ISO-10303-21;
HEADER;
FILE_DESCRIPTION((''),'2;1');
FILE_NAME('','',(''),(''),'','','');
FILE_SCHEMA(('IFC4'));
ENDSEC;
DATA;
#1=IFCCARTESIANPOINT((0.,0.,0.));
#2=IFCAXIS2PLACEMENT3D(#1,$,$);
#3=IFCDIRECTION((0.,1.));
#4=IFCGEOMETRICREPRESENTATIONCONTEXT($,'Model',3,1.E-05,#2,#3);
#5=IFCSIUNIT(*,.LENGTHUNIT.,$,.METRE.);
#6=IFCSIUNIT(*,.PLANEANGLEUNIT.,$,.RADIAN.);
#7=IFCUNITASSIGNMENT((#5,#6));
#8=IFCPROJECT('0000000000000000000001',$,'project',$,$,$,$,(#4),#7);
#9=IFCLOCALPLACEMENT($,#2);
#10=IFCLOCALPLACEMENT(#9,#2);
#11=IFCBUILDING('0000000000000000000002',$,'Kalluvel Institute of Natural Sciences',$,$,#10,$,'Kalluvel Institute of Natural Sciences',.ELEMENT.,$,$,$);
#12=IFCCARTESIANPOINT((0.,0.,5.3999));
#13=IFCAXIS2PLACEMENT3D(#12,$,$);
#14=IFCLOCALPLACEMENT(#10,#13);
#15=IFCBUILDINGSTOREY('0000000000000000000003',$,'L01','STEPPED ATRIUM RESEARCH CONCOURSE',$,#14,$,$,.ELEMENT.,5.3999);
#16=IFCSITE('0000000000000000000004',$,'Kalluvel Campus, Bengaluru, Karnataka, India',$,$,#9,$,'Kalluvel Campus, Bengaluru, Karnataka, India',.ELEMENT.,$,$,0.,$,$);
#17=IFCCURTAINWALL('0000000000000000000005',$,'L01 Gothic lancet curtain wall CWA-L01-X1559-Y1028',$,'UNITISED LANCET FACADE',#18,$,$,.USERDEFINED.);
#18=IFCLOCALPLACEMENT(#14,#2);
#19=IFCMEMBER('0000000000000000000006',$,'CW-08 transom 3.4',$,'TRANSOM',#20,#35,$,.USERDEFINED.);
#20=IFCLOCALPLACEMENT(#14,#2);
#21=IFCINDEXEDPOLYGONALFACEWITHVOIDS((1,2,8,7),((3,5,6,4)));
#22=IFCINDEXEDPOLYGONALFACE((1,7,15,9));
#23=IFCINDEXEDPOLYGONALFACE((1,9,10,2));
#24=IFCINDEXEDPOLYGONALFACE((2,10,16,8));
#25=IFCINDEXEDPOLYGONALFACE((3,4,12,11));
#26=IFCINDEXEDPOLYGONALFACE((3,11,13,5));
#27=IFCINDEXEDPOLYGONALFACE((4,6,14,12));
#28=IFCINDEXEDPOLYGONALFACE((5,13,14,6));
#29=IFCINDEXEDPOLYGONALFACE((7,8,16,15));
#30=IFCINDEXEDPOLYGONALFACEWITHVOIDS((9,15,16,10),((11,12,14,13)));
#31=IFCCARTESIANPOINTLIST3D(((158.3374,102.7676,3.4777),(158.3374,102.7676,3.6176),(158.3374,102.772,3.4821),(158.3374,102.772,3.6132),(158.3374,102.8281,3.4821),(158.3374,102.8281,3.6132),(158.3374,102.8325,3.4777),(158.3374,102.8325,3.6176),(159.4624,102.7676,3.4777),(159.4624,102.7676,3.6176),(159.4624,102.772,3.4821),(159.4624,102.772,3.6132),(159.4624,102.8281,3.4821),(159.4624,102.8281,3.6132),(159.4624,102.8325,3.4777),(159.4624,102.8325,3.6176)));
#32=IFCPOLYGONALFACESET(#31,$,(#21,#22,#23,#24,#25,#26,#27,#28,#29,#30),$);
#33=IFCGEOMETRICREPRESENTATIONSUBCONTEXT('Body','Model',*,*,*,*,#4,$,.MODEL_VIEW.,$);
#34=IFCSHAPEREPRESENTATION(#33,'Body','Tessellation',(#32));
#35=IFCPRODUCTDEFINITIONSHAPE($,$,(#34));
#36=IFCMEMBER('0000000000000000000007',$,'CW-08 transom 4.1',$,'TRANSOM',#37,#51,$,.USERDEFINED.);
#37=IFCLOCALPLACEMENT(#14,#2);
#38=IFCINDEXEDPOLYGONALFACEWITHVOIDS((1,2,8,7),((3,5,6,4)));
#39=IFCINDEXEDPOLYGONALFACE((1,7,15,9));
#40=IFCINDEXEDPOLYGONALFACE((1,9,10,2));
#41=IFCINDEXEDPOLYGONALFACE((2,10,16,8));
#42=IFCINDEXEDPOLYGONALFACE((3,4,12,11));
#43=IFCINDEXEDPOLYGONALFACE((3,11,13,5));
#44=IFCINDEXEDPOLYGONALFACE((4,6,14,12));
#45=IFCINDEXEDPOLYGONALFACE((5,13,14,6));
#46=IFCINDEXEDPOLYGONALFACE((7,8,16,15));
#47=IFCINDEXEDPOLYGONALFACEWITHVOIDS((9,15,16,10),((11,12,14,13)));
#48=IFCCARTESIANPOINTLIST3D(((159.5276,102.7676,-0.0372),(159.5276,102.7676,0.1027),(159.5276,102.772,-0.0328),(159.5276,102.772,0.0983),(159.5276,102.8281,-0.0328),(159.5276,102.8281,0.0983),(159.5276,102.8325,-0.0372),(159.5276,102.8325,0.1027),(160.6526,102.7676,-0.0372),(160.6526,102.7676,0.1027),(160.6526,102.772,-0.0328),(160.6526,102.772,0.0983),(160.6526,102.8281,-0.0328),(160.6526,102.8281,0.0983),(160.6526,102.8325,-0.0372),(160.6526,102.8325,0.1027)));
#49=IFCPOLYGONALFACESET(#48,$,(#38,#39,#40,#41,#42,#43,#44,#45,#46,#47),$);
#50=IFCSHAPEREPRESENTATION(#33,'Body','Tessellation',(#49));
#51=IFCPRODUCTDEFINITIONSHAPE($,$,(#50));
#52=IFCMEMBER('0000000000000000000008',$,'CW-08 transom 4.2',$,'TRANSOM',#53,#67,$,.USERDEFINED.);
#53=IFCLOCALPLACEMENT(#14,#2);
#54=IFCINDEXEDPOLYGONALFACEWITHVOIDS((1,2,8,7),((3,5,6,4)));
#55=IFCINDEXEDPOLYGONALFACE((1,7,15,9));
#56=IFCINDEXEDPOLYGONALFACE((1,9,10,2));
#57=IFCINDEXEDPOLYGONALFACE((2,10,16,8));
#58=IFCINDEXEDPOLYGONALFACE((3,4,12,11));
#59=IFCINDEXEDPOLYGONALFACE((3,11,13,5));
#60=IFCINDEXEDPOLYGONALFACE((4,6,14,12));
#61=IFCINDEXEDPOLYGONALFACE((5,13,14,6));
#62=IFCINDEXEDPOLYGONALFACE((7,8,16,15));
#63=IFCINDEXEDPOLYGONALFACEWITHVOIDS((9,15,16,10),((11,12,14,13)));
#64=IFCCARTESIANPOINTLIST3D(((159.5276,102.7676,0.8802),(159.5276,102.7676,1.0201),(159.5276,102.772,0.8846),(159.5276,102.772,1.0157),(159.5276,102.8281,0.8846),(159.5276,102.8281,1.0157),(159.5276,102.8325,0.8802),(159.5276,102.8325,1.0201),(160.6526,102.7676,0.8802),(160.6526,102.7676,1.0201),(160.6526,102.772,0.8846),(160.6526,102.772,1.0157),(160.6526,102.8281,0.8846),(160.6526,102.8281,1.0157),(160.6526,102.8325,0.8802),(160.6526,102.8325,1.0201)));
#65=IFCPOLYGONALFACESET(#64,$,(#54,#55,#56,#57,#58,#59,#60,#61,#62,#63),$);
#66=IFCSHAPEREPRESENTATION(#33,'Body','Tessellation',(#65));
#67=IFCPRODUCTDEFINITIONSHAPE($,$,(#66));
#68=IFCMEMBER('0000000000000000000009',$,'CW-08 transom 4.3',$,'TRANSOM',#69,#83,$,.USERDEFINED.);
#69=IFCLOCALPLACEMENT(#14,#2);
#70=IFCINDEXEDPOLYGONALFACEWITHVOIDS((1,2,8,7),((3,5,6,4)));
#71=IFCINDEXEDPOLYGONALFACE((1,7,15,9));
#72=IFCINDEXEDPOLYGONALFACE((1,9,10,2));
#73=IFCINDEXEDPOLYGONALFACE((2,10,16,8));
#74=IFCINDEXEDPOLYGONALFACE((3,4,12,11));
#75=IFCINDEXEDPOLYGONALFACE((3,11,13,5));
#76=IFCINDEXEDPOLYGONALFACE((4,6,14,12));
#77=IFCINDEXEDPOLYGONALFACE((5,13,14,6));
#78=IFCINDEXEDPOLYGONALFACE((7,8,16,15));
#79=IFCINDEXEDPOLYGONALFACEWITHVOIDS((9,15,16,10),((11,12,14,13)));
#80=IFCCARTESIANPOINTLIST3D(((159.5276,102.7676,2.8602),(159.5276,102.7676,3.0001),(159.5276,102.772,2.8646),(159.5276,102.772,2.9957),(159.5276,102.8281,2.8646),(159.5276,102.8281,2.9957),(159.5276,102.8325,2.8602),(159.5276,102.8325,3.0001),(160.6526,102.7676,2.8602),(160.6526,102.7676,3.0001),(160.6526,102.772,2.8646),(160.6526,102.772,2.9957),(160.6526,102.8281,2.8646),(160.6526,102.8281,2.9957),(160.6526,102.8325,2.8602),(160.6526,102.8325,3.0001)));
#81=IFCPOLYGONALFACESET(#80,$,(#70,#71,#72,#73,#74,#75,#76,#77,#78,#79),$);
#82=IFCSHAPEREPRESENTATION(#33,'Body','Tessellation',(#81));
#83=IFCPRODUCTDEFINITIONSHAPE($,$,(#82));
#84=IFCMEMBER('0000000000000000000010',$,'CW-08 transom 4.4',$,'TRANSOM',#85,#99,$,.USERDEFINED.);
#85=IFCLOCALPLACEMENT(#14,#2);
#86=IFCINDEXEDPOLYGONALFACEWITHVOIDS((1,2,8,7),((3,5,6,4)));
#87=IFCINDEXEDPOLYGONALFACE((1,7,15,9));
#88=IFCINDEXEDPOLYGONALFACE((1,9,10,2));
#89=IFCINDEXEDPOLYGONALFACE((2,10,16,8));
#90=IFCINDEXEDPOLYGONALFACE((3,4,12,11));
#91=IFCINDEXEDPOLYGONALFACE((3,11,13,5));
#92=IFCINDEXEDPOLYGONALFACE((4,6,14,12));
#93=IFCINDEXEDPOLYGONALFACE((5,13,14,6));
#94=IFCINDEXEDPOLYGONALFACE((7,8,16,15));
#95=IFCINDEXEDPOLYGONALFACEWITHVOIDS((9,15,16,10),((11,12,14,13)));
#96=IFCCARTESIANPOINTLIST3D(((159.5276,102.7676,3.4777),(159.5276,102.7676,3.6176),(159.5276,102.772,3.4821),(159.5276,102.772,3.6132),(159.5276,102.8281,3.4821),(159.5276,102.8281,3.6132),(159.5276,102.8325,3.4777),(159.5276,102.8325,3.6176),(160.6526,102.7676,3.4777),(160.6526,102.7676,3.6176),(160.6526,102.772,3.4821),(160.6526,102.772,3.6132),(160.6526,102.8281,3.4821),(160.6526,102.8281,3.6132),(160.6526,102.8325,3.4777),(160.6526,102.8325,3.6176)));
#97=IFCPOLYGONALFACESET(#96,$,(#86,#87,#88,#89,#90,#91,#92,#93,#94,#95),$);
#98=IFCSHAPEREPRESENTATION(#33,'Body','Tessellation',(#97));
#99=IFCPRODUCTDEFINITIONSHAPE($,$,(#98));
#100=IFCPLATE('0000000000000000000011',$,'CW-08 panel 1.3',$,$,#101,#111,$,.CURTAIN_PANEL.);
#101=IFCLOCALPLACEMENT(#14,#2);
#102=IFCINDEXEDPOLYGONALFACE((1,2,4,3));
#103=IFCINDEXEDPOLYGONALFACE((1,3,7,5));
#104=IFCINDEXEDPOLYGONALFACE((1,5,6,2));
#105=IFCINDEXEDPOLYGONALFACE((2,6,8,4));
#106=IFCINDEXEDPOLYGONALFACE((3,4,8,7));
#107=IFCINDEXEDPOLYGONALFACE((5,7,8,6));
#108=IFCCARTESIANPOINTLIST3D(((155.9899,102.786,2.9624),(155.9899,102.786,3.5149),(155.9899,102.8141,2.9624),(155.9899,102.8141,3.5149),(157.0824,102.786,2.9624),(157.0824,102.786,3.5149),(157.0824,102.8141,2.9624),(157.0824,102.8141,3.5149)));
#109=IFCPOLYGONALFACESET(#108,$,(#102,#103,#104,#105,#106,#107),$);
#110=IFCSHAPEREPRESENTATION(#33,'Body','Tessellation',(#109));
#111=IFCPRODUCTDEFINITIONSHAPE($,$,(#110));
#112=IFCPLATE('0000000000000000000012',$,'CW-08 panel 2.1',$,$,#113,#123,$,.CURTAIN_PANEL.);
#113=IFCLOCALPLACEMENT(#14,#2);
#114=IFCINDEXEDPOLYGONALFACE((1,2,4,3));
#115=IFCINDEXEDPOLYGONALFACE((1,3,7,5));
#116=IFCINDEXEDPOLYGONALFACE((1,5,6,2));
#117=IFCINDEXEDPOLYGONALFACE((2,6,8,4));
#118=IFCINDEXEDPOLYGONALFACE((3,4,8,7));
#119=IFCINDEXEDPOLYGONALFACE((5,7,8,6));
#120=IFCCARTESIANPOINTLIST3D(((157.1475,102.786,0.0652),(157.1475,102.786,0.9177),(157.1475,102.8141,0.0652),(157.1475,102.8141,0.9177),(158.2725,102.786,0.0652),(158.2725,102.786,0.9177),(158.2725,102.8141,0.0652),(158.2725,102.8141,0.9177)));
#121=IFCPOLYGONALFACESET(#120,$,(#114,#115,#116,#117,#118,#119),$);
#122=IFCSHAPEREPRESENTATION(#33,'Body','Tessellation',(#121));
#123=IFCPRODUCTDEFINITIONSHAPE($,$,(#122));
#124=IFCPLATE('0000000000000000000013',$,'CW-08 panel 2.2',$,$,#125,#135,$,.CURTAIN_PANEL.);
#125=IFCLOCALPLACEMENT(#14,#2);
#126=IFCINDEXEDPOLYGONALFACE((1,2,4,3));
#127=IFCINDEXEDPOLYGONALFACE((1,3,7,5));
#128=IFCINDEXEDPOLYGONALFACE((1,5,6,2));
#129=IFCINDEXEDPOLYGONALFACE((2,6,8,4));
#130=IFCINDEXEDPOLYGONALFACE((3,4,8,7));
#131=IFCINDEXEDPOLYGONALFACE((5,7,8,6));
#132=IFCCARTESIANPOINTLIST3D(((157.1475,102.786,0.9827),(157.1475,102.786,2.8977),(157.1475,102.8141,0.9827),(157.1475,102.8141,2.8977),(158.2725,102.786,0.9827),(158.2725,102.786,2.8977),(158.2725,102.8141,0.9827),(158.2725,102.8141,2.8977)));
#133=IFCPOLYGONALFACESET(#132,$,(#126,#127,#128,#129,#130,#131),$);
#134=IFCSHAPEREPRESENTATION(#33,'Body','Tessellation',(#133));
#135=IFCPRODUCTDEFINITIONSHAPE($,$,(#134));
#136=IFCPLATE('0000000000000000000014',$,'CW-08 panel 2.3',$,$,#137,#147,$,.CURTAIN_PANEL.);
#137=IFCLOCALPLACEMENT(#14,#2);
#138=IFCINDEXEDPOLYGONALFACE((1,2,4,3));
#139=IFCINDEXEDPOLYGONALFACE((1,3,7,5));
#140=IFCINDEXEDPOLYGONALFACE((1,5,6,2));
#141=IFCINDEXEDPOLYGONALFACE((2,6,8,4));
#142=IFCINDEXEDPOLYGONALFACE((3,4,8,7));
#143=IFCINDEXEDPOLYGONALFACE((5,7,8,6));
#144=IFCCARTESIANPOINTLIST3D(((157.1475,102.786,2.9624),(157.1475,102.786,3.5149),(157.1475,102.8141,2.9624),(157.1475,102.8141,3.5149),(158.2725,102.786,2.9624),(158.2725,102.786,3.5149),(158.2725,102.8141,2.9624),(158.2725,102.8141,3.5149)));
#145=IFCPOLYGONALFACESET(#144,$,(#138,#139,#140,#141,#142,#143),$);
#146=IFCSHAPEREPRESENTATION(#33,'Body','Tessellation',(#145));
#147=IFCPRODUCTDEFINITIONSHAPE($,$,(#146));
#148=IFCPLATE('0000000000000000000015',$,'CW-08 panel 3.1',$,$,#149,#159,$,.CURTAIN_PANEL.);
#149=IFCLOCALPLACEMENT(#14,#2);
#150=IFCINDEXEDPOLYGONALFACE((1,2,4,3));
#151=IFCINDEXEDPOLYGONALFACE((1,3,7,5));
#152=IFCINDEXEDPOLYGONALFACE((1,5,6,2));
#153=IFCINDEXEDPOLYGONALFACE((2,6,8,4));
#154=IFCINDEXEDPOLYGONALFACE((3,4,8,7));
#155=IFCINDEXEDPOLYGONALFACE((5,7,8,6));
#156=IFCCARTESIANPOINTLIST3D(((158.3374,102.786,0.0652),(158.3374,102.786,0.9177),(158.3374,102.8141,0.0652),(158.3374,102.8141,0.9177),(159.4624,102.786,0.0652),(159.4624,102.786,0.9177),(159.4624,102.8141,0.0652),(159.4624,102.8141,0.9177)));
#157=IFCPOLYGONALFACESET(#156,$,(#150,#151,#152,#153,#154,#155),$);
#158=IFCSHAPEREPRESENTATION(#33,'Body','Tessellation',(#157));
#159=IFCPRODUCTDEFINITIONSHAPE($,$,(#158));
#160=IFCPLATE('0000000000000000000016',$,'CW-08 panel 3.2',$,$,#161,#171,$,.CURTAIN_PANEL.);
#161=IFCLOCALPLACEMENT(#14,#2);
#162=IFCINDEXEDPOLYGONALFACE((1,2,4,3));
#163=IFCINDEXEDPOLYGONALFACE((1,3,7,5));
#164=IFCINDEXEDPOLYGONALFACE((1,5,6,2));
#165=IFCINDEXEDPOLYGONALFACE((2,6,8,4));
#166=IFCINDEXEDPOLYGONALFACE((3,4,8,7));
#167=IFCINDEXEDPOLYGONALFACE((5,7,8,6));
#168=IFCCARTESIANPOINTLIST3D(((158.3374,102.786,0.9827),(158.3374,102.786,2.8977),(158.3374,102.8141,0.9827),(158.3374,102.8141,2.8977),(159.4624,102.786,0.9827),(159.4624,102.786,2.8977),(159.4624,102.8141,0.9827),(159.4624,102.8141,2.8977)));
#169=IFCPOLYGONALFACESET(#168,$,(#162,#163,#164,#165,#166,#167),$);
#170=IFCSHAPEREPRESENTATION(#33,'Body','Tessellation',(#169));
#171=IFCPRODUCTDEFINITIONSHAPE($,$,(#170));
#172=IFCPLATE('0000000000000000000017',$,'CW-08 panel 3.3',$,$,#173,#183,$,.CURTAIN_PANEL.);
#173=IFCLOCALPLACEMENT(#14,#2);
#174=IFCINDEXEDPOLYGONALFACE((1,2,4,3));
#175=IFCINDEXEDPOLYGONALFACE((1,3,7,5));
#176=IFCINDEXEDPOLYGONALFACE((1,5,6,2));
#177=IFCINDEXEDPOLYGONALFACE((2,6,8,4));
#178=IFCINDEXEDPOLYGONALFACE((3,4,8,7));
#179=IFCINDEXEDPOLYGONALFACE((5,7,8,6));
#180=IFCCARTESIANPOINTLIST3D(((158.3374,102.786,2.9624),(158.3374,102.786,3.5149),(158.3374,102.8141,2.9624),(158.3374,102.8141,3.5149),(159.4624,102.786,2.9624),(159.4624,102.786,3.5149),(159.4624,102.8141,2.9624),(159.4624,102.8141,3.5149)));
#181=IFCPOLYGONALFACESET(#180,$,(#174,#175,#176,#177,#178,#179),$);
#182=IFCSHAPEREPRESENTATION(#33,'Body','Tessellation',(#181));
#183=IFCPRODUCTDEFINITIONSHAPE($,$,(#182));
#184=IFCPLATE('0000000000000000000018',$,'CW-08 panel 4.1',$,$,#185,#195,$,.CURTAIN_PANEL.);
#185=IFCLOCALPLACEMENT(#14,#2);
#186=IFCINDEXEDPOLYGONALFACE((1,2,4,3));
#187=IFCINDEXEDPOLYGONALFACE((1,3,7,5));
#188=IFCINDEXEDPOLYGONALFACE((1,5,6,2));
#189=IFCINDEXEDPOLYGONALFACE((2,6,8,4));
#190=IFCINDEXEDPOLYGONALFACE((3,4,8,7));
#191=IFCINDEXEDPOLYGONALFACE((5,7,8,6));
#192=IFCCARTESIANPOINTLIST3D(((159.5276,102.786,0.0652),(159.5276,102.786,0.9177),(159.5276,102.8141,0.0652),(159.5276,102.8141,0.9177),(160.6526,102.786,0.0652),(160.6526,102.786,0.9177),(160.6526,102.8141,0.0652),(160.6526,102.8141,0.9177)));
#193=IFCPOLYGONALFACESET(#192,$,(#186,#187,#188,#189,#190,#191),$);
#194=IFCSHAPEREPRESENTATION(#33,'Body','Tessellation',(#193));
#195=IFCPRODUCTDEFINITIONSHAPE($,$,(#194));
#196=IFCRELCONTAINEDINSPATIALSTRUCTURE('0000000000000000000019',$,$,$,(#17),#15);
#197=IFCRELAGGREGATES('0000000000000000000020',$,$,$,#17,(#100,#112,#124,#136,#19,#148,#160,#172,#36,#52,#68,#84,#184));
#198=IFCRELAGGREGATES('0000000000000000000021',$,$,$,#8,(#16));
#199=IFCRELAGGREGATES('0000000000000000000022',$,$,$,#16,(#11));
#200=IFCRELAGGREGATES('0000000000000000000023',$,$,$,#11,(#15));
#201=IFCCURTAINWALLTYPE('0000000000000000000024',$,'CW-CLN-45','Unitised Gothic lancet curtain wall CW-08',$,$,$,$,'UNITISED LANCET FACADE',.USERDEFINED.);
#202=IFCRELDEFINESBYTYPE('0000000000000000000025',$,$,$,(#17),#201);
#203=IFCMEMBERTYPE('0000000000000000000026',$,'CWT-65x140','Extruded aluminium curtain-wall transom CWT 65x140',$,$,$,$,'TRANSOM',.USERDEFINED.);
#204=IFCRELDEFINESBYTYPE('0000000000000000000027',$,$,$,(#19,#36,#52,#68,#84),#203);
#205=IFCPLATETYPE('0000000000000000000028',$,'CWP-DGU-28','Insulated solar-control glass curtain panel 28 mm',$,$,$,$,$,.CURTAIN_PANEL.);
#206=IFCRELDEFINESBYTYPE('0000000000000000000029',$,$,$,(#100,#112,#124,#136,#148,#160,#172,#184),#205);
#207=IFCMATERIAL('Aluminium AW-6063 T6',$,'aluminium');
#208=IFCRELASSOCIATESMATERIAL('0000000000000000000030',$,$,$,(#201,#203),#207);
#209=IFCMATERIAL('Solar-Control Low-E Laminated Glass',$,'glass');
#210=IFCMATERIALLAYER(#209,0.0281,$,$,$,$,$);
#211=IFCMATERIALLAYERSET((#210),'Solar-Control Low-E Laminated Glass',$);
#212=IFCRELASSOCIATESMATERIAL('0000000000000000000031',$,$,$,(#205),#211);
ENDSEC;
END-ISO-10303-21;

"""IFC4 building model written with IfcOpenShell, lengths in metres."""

from ifc_helpers import new_model, si_unit, direction, frame, origin, origin_2d, place, context, subcontext, project, spatial, rectangle, hollow_rectangle, extrude, material, layer, layer_set, material_profile, profile_set, type_object, element, aggregate, save


model = new_model("IFC4")

# Units and contexts
model_context = context("Model", 3, precision=1e-05, world=origin(), true_north=direction((0.0, 1.0)))
body_context = subcontext(model_context, "Body", "Model", "MODEL_VIEW")
ifc_project = project(units=[si_unit("LENGTHUNIT", "METRE"), si_unit("PLANEANGLEUNIT", "RADIAN")], contexts=[model_context])

# Site, building, storey
site_placement = place(None, origin())
site = spatial("IfcSite", under=ifc_project, at=site_placement, Name="Kalluvel Campus, Bengaluru, Karnataka, India", LongName="Kalluvel Campus, Bengaluru, Karnataka, India", CompositionType="ELEMENT", RefElevation=0.0)
building_placement = place(site_placement, origin())
building = spatial("IfcBuilding", under=site, at=building_placement, Name="Kalluvel Institute of Natural Sciences", LongName="Kalluvel Institute of Natural Sciences", CompositionType="ELEMENT")
storey_placement = place(building_placement, frame((0.0, 0.0, 5.3999)))
storey = spatial("IfcBuildingStorey", under=building, at=storey_placement, Name="L01", Description="STEPPED ATRIUM RESEARCH CONCOURSE", CompositionType="ELEMENT", Elevation=5.3999)

# Curtain wall, members, plates
ifc_material_1 = material(Name="Aluminium AW-6063 T6", Category="aluminium")
curtain_wall_type = type_object("IfcCurtainWallType", Name="CW-CLN-45", Description="Unitised Gothic lancet curtain wall CW-08", ElementType="UNITISED LANCET FACADE", PredefinedType="USERDEFINED", material=ifc_material_1)
curtain_wall_placement = place(storey_placement, origin())
curtain_wall = element("IfcCurtainWall", 1, at=curtain_wall_placement, inside=storey, type_object=curtain_wall_type, Name="L01 Gothic lancet curtain wall CWA-L01-X1559-Y1028", ObjectType="UNITISED LANCET FACADE", PredefinedType="USERDEFINED")
ifc_material_profile_1 = material_profile(ifc_material_1, hollow_rectangle(XDim=0.0649, YDim=0.1399, WallThickness=0.0044, at=origin_2d()), Name="CWT 65x140")
ifc_profile_set_1 = profile_set([ifc_material_profile_1], Name="Aluminium AW-6063 T6")
member_type_1 = type_object("IfcMemberType", Name="CWT-65x140", Description="Extruded aluminium curtain-wall transom CWT 65x140", ElementType="TRANSOM", PredefinedType="USERDEFINED", material=ifc_profile_set_1)
member_1_placement = place(storey_placement, frame((158.3374, 102.8, 3.5476), z_axis=(1.0, 0.0, 0.0), x_axis=(0.0, 1.0, 0.0)))
member_1 = element("IfcMember", 2, at=member_1_placement, type_object=member_type_1, Name="CW-08 transom 3.4", ObjectType="TRANSOM", PredefinedType="USERDEFINED", context=body_context, shape_type="SweptSolid", body=[
    extrude(hollow_rectangle(XDim=0.0649, YDim=0.1399, WallThickness=0.0044, at=origin_2d()), origin(), (0.0, 0.0, 1.0), 1.125),
])
member_2_placement = place(storey_placement, frame((159.5276, 102.8, 0.0327), z_axis=(1.0, 0.0, 0.0), x_axis=(0.0, 1.0, 0.0)))
member_2 = element("IfcMember", 3, at=member_2_placement, type_object=member_type_1, Name="CW-08 transom 4.1", ObjectType="TRANSOM", PredefinedType="USERDEFINED", context=body_context, shape_type="SweptSolid", body=[
    extrude(hollow_rectangle(XDim=0.0649, YDim=0.1399, WallThickness=0.0044, at=origin_2d()), origin(), (0.0, 0.0, 1.0), 1.125),
])
member_3_placement = place(storey_placement, frame((159.5276, 102.8, 0.9502), z_axis=(1.0, 0.0, 0.0), x_axis=(0.0, 1.0, 0.0)))
member_3 = element("IfcMember", 4, at=member_3_placement, type_object=member_type_1, Name="CW-08 transom 4.2", ObjectType="TRANSOM", PredefinedType="USERDEFINED", context=body_context, shape_type="SweptSolid", body=[
    extrude(hollow_rectangle(XDim=0.0649, YDim=0.1399, WallThickness=0.0044, at=origin_2d()), origin(), (0.0, 0.0, 1.0), 1.125),
])
member_4_placement = place(storey_placement, frame((159.5276, 102.8, 2.9302), z_axis=(1.0, 0.0, 0.0), x_axis=(0.0, 1.0, 0.0)))
member_4 = element("IfcMember", 5, at=member_4_placement, type_object=member_type_1, Name="CW-08 transom 4.3", ObjectType="TRANSOM", PredefinedType="USERDEFINED", context=body_context, shape_type="SweptSolid", body=[
    extrude(hollow_rectangle(XDim=0.0649, YDim=0.1399, WallThickness=0.0044, at=origin_2d()), origin(), (0.0, 0.0, 1.0), 1.125),
])
member_5_placement = place(storey_placement, frame((159.5276, 102.8, 3.5476), z_axis=(1.0, 0.0, 0.0), x_axis=(0.0, 1.0, 0.0)))
member_5 = element("IfcMember", 6, at=member_5_placement, type_object=member_type_1, Name="CW-08 transom 4.4", ObjectType="TRANSOM", PredefinedType="USERDEFINED", context=body_context, shape_type="SweptSolid", body=[
    extrude(hollow_rectangle(XDim=0.0649, YDim=0.1399, WallThickness=0.0044, at=origin_2d()), origin(), (0.0, 0.0, 1.0), 1.125),
])
ifc_material_2 = material(Name="Solar-Control Low-E Laminated Glass", Category="glass")
ifc_layer = layer(ifc_material_2, 0.0281)
ifc_layer_set = layer_set([ifc_layer], Name="Solar-Control Low-E Laminated Glass")
plate_type = type_object("IfcPlateType", Name="CWP-DGU-28", Description="Insulated solar-control glass curtain panel 28 mm", PredefinedType="CURTAIN_PANEL", material=ifc_layer_set)
plate_1_placement = place(storey_placement, frame((156.5361, 102.8, 2.9624), z_axis=(0.0, 0.0, 1.0), x_axis=(1.0, 0.0, 0.0)))
plate_1 = element("IfcPlate", 7, at=plate_1_placement, type_object=plate_type, Name="CW-08 panel 1.3", PredefinedType="CURTAIN_PANEL", context=body_context, shape_type="SweptSolid", body=[
    extrude(rectangle(XDim=1.0925, YDim=0.0281, at=origin_2d()), origin(), (0.0, 0.0, 1.0), 0.5525),
])
plate_2_placement = place(storey_placement, frame((157.71, 102.8, 0.0652), z_axis=(0.0, 0.0, 1.0), x_axis=(1.0, 0.0, 0.0)))
plate_2 = element("IfcPlate", 8, at=plate_2_placement, type_object=plate_type, Name="CW-08 panel 2.1", PredefinedType="CURTAIN_PANEL", context=body_context, shape_type="SweptSolid", body=[
    extrude(rectangle(XDim=1.125, YDim=0.0281, at=origin_2d()), origin(), (0.0, 0.0, 1.0), 0.8525),
])
plate_3_placement = place(storey_placement, frame((157.71, 102.8, 0.9827), z_axis=(0.0, 0.0, 1.0), x_axis=(1.0, 0.0, 0.0)))
plate_3 = element("IfcPlate", 9, at=plate_3_placement, type_object=plate_type, Name="CW-08 panel 2.2", PredefinedType="CURTAIN_PANEL", context=body_context, shape_type="SweptSolid", body=[
    extrude(rectangle(XDim=1.125, YDim=0.0281, at=origin_2d()), origin(), (0.0, 0.0, 1.0), 1.915),
])
plate_4_placement = place(storey_placement, frame((157.71, 102.8, 2.9624), z_axis=(0.0, 0.0, 1.0), x_axis=(1.0, 0.0, 0.0)))
plate_4 = element("IfcPlate", 10, at=plate_4_placement, type_object=plate_type, Name="CW-08 panel 2.3", PredefinedType="CURTAIN_PANEL", context=body_context, shape_type="SweptSolid", body=[
    extrude(rectangle(XDim=1.125, YDim=0.0281, at=origin_2d()), origin(), (0.0, 0.0, 1.0), 0.5525),
])
plate_5_placement = place(storey_placement, frame((158.8999, 102.8, 0.0652), z_axis=(0.0, 0.0, 1.0), x_axis=(1.0, 0.0, 0.0)))
plate_5 = element("IfcPlate", 11, at=plate_5_placement, type_object=plate_type, Name="CW-08 panel 3.1", PredefinedType="CURTAIN_PANEL", context=body_context, shape_type="SweptSolid", body=[
    extrude(rectangle(XDim=1.125, YDim=0.0281, at=origin_2d()), origin(), (0.0, 0.0, 1.0), 0.8525),
])
plate_6_placement = place(storey_placement, frame((158.8999, 102.8, 0.9827), z_axis=(0.0, 0.0, 1.0), x_axis=(1.0, 0.0, 0.0)))
plate_6 = element("IfcPlate", 12, at=plate_6_placement, type_object=plate_type, Name="CW-08 panel 3.2", PredefinedType="CURTAIN_PANEL", context=body_context, shape_type="SweptSolid", body=[
    extrude(rectangle(XDim=1.125, YDim=0.0281, at=origin_2d()), origin(), (0.0, 0.0, 1.0), 1.915),
])
plate_7_placement = place(storey_placement, frame((158.8999, 102.8, 2.9624), z_axis=(0.0, 0.0, 1.0), x_axis=(1.0, 0.0, 0.0)))
plate_7 = element("IfcPlate", 13, at=plate_7_placement, type_object=plate_type, Name="CW-08 panel 3.3", PredefinedType="CURTAIN_PANEL", context=body_context, shape_type="SweptSolid", body=[
    extrude(rectangle(XDim=1.125, YDim=0.0281, at=origin_2d()), origin(), (0.0, 0.0, 1.0), 0.5525),
])
plate_8_placement = place(storey_placement, frame((160.0901, 102.8, 0.0652), z_axis=(0.0, 0.0, 1.0), x_axis=(1.0, 0.0, 0.0)))
plate_8 = element("IfcPlate", 14, at=plate_8_placement, type_object=plate_type, Name="CW-08 panel 4.1", PredefinedType="CURTAIN_PANEL", context=body_context, shape_type="SweptSolid", body=[
    extrude(rectangle(XDim=1.125, YDim=0.0281, at=origin_2d()), origin(), (0.0, 0.0, 1.0), 0.8525),
])
aggregate(curtain_wall, [plate_1, plate_2, plate_3, plate_4, member_1, plate_5, plate_6, plate_7, member_2, member_3, member_4, member_5, plate_8])

save(model, "model.ifc")
